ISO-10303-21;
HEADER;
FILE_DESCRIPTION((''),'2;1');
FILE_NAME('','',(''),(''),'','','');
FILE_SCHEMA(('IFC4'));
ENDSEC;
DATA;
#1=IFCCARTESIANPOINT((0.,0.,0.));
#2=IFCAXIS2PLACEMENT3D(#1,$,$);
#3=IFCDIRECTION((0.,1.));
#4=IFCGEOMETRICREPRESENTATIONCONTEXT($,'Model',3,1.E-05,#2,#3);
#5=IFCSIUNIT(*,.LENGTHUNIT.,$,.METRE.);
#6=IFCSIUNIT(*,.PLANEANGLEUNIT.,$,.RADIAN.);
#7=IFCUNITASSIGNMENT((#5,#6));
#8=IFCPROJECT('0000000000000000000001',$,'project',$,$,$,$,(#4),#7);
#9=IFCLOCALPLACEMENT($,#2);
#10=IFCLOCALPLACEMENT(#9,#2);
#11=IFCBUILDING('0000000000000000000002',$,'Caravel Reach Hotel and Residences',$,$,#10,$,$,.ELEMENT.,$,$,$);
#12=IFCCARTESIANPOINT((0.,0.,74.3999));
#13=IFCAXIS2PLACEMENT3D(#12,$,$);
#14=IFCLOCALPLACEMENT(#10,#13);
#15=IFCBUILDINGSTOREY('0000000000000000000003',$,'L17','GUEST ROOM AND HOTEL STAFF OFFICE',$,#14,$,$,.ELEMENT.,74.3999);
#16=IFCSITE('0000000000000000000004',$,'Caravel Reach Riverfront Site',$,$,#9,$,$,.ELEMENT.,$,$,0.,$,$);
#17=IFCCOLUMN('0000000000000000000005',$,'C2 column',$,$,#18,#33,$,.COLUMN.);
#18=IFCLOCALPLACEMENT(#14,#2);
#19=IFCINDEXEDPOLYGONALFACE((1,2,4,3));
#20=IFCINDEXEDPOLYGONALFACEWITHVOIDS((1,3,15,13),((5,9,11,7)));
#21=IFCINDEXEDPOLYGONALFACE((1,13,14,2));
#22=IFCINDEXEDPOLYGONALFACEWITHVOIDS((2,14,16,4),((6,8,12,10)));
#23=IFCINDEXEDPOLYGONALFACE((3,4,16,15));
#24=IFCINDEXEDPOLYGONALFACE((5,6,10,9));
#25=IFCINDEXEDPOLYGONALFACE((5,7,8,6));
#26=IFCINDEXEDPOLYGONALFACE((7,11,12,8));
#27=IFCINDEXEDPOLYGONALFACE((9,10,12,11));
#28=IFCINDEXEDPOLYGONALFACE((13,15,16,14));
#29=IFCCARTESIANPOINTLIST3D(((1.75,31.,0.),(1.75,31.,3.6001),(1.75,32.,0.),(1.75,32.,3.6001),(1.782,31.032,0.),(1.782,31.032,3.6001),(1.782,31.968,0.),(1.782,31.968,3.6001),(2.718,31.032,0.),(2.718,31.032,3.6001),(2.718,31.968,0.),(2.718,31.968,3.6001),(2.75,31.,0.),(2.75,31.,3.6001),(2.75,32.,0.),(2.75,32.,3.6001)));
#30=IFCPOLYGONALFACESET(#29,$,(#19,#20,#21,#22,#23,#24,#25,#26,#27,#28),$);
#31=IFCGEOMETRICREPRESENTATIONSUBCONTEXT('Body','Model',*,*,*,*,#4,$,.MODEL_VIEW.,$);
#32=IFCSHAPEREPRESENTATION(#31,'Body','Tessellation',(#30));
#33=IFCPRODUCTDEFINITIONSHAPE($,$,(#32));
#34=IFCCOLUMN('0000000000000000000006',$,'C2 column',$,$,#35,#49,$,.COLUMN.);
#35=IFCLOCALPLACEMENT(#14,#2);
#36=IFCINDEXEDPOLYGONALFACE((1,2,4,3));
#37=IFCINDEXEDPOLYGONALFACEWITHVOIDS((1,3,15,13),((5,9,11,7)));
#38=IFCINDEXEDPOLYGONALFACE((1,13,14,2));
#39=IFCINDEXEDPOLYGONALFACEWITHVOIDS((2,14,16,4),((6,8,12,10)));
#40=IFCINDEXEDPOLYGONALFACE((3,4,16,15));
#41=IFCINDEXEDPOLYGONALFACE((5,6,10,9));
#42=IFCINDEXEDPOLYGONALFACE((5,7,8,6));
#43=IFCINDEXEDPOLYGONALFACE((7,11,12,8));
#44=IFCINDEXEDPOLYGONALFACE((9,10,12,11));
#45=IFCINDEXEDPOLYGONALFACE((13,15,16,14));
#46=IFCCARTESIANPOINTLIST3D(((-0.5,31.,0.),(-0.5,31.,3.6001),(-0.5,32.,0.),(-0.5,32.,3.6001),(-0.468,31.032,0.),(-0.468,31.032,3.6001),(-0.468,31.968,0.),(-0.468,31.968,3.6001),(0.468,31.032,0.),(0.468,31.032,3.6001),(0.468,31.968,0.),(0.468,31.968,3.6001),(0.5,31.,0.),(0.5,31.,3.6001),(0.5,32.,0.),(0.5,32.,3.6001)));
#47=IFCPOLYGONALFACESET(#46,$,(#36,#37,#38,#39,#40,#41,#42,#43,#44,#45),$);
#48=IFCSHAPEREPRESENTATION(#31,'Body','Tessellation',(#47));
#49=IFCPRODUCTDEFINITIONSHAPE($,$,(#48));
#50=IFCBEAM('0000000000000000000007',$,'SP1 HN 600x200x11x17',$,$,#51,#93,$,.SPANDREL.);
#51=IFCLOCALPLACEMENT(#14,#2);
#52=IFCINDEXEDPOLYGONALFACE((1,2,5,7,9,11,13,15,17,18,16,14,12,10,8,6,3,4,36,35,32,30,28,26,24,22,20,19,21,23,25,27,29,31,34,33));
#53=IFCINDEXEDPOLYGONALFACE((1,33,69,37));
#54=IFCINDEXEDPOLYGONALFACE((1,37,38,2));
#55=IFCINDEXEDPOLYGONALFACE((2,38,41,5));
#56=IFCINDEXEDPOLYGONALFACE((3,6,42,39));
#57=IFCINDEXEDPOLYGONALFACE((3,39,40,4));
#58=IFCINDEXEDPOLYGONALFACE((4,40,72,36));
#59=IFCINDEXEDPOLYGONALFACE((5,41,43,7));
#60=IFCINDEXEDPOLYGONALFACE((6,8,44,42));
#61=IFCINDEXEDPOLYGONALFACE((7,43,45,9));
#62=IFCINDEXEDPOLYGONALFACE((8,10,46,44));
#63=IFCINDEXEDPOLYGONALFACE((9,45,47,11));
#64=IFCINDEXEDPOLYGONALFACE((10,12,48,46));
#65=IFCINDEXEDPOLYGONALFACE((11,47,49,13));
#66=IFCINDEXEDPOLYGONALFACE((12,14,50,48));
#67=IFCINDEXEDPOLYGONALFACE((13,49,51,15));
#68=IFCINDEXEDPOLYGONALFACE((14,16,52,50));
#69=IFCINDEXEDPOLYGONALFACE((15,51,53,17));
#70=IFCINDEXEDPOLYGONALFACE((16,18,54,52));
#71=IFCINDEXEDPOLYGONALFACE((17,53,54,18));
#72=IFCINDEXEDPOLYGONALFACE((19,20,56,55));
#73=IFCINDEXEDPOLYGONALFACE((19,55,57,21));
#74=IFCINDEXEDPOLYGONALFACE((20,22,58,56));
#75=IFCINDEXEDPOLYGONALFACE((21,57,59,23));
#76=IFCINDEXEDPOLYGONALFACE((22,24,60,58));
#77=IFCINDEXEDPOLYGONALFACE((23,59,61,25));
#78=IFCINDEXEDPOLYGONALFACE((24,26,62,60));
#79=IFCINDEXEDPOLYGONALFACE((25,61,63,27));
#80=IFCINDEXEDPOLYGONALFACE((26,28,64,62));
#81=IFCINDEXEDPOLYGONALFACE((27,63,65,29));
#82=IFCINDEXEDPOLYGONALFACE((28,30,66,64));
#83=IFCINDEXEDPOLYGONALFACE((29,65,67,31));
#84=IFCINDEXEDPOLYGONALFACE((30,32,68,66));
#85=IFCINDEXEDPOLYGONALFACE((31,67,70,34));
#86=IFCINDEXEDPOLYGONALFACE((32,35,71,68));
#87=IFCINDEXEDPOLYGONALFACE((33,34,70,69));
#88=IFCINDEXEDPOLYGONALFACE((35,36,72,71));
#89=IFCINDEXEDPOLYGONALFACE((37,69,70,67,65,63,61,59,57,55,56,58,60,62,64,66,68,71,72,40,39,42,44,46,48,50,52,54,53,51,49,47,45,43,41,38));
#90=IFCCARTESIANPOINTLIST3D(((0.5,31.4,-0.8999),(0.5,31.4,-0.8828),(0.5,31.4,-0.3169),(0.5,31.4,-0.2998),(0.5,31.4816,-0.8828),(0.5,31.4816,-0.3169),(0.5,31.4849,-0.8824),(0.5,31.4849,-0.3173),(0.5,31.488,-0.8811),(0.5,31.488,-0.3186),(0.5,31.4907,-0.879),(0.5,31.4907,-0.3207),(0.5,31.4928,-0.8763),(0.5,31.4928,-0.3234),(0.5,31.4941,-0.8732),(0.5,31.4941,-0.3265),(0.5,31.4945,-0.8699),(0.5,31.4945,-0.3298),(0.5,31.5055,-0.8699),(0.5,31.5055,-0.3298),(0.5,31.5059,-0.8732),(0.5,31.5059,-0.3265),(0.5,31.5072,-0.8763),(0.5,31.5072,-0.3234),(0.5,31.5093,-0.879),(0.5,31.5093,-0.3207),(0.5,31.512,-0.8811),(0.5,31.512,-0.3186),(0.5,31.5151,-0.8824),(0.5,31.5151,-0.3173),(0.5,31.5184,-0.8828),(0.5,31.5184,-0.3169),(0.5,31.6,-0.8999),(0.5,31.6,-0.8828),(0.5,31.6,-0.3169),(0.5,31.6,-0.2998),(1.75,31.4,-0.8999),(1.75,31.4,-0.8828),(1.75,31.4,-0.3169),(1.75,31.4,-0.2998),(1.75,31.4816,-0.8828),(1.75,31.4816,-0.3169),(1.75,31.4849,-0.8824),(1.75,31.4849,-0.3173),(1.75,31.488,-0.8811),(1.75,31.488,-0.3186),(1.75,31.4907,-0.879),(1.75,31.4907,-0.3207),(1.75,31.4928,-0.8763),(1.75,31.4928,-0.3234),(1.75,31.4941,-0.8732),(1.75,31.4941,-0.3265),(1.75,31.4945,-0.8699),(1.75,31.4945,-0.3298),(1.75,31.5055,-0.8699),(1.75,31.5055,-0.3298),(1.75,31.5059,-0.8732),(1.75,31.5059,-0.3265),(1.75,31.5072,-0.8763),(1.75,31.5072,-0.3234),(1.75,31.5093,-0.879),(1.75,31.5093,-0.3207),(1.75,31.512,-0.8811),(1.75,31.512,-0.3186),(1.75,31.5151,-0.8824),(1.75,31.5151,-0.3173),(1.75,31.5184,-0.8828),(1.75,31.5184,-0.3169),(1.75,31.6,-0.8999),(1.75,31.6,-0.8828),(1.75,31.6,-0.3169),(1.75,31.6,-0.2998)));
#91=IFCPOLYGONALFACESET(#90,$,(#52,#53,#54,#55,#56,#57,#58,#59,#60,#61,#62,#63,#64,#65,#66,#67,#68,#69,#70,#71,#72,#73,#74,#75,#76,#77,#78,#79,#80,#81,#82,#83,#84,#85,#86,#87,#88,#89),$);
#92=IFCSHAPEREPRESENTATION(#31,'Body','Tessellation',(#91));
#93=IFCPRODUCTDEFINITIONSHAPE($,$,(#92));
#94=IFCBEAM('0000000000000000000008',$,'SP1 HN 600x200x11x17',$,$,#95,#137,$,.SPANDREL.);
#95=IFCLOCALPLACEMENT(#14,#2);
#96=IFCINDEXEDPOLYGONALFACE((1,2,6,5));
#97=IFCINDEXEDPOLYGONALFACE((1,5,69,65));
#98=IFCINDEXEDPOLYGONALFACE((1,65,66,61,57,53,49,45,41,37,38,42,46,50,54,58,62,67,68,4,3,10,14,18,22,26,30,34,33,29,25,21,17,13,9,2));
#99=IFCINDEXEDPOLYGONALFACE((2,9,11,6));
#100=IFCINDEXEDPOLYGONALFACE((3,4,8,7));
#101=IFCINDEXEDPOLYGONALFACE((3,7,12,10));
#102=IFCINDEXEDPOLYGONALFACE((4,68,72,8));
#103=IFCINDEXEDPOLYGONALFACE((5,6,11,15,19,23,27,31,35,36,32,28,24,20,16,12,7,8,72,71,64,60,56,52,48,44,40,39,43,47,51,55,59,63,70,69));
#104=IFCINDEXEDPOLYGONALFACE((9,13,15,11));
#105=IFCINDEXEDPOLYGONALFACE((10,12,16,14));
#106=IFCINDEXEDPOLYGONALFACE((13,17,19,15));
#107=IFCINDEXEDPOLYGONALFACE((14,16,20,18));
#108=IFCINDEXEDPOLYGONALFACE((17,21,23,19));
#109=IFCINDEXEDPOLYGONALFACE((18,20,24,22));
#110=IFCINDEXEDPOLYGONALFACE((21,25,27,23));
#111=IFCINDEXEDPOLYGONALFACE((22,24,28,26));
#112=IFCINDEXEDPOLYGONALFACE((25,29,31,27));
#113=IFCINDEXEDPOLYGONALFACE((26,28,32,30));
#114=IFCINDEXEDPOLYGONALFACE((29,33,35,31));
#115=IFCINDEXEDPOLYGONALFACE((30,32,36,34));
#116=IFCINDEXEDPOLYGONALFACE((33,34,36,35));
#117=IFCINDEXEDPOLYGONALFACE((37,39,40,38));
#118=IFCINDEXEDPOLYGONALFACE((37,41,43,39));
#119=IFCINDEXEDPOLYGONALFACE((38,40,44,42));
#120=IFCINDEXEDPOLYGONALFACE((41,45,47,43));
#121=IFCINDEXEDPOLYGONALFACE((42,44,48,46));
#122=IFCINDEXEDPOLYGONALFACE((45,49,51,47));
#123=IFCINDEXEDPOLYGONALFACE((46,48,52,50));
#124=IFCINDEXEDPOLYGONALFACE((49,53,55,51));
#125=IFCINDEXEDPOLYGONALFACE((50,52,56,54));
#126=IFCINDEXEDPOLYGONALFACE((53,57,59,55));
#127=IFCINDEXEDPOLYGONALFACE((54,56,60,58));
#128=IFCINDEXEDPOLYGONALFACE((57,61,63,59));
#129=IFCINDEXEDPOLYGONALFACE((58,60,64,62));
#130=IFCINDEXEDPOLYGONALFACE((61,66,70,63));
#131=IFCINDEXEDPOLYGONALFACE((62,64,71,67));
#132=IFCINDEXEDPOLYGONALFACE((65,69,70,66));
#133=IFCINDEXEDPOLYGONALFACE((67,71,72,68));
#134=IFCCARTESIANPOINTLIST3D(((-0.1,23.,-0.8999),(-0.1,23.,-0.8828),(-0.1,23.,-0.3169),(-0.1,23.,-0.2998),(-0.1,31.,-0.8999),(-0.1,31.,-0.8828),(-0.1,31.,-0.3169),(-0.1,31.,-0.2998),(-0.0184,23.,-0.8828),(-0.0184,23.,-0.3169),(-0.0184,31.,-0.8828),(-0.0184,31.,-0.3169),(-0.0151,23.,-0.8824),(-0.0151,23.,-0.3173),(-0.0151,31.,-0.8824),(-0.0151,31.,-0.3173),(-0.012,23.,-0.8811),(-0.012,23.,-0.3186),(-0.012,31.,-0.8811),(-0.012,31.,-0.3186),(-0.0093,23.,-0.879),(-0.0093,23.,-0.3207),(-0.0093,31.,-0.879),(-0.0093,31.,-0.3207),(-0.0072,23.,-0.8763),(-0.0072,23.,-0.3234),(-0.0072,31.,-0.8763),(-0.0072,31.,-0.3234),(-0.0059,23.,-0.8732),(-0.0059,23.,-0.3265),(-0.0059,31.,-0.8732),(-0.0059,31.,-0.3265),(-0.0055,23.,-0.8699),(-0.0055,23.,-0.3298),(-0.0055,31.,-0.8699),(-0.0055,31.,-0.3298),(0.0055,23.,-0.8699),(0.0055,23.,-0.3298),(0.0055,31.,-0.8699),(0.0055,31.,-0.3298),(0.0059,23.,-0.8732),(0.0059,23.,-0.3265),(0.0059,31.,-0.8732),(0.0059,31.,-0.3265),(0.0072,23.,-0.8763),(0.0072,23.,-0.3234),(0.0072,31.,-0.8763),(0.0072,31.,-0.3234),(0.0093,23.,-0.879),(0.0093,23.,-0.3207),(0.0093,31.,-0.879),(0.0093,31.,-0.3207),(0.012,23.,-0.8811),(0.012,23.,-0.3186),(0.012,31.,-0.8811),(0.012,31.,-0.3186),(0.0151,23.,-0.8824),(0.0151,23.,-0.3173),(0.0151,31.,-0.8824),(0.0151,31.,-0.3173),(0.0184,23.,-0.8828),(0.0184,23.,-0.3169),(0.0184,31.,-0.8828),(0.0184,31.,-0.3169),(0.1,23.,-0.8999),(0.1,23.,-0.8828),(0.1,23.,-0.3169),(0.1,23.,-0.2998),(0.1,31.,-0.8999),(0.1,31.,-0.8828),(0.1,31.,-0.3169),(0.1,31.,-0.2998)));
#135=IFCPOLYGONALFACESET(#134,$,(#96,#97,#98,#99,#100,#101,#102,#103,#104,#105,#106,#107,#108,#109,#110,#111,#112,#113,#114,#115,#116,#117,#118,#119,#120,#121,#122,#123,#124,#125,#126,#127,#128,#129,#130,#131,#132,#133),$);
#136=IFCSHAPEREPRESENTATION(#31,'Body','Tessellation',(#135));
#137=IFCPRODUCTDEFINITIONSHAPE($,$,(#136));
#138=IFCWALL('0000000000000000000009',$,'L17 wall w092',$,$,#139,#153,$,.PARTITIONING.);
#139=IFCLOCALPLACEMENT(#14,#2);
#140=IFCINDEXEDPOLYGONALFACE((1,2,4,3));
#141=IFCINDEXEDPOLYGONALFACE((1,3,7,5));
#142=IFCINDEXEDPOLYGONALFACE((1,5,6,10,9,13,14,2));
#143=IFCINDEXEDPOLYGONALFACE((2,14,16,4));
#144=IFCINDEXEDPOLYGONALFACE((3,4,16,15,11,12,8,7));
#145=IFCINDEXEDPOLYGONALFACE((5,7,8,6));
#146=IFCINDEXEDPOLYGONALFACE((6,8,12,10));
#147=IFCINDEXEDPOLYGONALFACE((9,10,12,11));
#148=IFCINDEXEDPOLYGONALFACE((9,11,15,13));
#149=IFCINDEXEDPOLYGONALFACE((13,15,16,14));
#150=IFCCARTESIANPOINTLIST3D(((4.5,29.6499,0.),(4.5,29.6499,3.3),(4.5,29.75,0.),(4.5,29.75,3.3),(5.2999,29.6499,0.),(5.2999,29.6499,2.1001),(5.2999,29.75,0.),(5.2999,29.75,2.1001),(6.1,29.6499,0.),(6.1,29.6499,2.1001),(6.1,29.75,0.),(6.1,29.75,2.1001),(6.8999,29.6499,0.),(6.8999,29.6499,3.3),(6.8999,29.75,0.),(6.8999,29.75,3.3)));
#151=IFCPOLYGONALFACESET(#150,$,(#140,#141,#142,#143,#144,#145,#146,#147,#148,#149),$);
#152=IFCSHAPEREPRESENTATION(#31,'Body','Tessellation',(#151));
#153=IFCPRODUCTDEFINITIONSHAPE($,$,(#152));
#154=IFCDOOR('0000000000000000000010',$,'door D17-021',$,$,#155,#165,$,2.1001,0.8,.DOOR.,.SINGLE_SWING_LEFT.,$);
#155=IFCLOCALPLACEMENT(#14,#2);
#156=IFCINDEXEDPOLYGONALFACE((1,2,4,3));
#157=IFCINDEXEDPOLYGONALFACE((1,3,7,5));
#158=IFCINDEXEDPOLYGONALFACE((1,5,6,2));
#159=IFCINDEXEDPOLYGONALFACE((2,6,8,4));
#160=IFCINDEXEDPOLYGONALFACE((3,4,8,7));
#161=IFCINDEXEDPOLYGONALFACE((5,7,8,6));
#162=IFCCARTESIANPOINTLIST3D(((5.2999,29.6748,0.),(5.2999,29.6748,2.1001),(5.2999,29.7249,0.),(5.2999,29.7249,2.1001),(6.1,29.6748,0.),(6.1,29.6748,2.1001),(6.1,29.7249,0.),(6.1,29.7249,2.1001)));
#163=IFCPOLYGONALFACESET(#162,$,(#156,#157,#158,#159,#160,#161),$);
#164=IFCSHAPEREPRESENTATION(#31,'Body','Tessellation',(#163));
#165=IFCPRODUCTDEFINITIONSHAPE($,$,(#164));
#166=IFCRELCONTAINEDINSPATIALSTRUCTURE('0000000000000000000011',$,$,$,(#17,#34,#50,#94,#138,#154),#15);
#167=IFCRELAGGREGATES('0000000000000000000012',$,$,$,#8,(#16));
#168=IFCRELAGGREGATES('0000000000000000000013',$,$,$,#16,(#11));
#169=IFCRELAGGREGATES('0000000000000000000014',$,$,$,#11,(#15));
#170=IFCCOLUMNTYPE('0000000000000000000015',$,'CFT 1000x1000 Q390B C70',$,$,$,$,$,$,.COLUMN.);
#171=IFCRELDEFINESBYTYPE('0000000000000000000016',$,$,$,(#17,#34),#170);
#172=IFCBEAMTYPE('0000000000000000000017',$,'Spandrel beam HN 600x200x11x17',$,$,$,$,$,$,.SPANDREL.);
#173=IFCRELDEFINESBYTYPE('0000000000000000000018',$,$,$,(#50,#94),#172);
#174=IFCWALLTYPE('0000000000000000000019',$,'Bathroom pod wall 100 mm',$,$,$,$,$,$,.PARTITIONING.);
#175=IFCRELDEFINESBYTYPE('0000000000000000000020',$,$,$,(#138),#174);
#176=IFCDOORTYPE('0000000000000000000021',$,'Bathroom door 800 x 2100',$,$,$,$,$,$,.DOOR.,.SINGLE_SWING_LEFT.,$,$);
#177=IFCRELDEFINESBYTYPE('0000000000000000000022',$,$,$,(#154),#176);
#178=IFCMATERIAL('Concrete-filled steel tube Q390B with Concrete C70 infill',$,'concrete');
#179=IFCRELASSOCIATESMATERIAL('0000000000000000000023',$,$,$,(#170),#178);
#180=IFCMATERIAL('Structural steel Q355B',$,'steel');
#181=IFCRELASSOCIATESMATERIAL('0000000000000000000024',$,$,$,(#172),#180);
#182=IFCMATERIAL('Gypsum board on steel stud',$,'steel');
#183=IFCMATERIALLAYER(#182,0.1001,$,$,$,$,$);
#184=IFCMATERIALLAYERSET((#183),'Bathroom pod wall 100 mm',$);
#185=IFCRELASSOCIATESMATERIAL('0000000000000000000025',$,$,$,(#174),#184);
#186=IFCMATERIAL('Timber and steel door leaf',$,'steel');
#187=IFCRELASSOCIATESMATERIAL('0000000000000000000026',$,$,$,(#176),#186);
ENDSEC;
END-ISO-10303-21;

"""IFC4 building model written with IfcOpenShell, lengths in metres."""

from ifc_helpers import new_model, si_unit, direction, frame, frame_2d, origin, origin_2d, place, context, subcontext, project, spatial, rectangle, hollow_rectangle, i_section, extrude, material, layer, layer_set, material_profile, profile_set, type_object, element, fill, save


model = new_model("IFC4")

# Units and contexts
model_context = context("Model", 3, precision=1e-05, world=origin(), true_north=direction((0.0, 1.0)))
body_context = subcontext(model_context, "Body", "Model", "MODEL_VIEW")
ifc_project = project(units=[si_unit("LENGTHUNIT", "METRE"), si_unit("PLANEANGLEUNIT", "RADIAN")], contexts=[model_context])

# Site, building, storey
site_placement = place(None, origin())
site = spatial("IfcSite", under=ifc_project, at=site_placement, Name="Caravel Reach Riverfront Site", CompositionType="ELEMENT", RefElevation=0.0)
building_placement = place(site_placement, origin())
building = spatial("IfcBuilding", under=site, at=building_placement, Name="Caravel Reach Hotel and Residences", CompositionType="ELEMENT")
storey_placement = place(building_placement, frame((0.0, 0.0, 74.3999)))
storey = spatial("IfcBuildingStorey", under=building, at=storey_placement, Name="L17", Description="GUEST ROOM AND HOTEL STAFF OFFICE", CompositionType="ELEMENT", Elevation=74.3999)

# Columns
ifc_material_1 = material(Name="Concrete-filled steel tube Q390B with Concrete C70 infill", Category="concrete")
ifc_material_profile_1 = material_profile(ifc_material_1, hollow_rectangle(XDim=1.0, YDim=1.0, WallThickness=0.032, at=origin_2d()), Name="RHS 1000x1000x32")
ifc_profile_set_1 = profile_set([ifc_material_profile_1], Name="Concrete-filled steel tube Q390B with Concrete C70 infill")
column_type = type_object("IfcColumnType", Name="CFT 1000x1000 Q390B C70", PredefinedType="COLUMN", material=ifc_profile_set_1)
for number, where, z_axis, x_axis, name in (
    (1, (2.25, 31.5, 0.0), (0.0, 0.0, 1.0), (1.0, 0.0, 0.0), "C2 column"),
    (2, (0.0, 31.5, 0.0), (0.0, 0.0, 1.0), (1.0, 0.0, 0.0), "C2 column"),
):
    element("IfcColumn", number, at=place(storey_placement, frame(where, z_axis=z_axis, x_axis=x_axis)), inside=storey, type_object=column_type, Name=name, PredefinedType="COLUMN", context=body_context, shape_type="SweptSolid", body=[
        extrude(hollow_rectangle(XDim=1.0, YDim=1.0, WallThickness=0.032, at=origin_2d()), origin(), (0.0, 0.0, 1.0), 3.6001),
    ])

# Beams
ifc_material_2 = material(Name="Structural steel Q355B", Category="steel")
ifc_material_profile_2 = material_profile(ifc_material_2, i_section(OverallWidth=0.2, OverallDepth=0.6001, WebThickness=0.011, FlangeThickness=0.0171, FilletRadius=0.0129, at=origin_2d()), Name="HN 600x200x11x17")
ifc_profile_set_2 = profile_set([ifc_material_profile_2], Name="Structural steel Q355B")
beam_type = type_object("IfcBeamType", Name="Spandrel beam HN 600x200x11x17", PredefinedType="SPANDREL", material=ifc_profile_set_2)
beam_1_placement = place(storey_placement, frame((1.75, 31.5, -0.5999), z_axis=(-1.0, 0.0, 0.0), x_axis=(0.0, -1.0, 0.0)))
element("IfcBeam", 3, at=beam_1_placement, inside=storey, type_object=beam_type, Name="SP1 HN 600x200x11x17", PredefinedType="SPANDREL", context=body_context, shape_type="SweptSolid", body=[
    extrude(i_section(OverallWidth=0.2, OverallDepth=0.6001, WebThickness=0.011, FlangeThickness=0.0171, FilletRadius=0.0129, at=origin_2d()), origin(), (0.0, 0.0, 1.0), 1.25),
])
beam_2_placement = place(storey_placement, frame((0.0, 31.0, -0.5999), z_axis=(0.0, -1.0, 0.0), x_axis=(1.0, 0.0, 0.0)))
element("IfcBeam", 4, at=beam_2_placement, inside=storey, type_object=beam_type, Name="SP1 HN 600x200x11x17", PredefinedType="SPANDREL", context=body_context, shape_type="SweptSolid", body=[
    extrude(i_section(OverallWidth=0.2, OverallDepth=0.6001, WebThickness=0.011, FlangeThickness=0.0171, FilletRadius=0.0129, at=origin_2d()), origin(), (0.0, 0.0, 1.0), 8.0),
])

# Wall, opening, door
ifc_material_3 = material(Name="Gypsum board on steel stud", Category="steel")
ifc_layer_1 = layer(ifc_material_3, 0.1001)
ifc_layer_set_1 = layer_set([ifc_layer_1], Name="Bathroom pod wall 100 mm")
wall_type_1 = type_object("IfcWallType", Name="Bathroom pod wall 100 mm", PredefinedType="PARTITIONING", material=ifc_layer_set_1)
wall_1_placement = place(storey_placement, frame((4.5, 29.7, 0.0), z_axis=(0.0, 0.0, 1.0), x_axis=(1.0, 0.0, 0.0)))
wall_1 = element("IfcWall", 5, at=wall_1_placement, inside=storey, type_object=wall_type_1, Name="L17 wall w092", PredefinedType="PARTITIONING", context=body_context, shape_type="SweptSolid", body=[
    extrude(rectangle(XDim=2.3999, YDim=0.1001, at=frame_2d((1.2, 0.0))), origin(), (0.0, 0.0, 1.0), 3.3),
])
opening_1_placement = place(wall_1_placement, frame((0.8, 0.0, 0.0)))
opening_1 = element("IfcOpeningElement", 6, at=opening_1_placement, cuts=wall_1, PredefinedType="OPENING", context=body_context, shape_type="SweptSolid", body=[
    extrude(rectangle(XDim=0.8, YDim=2.1001, at=frame_2d((0.3999, 1.05))), frame((0.0, 0.0601, 0.0), z_axis=(0.0, -1.0, 0.0), x_axis=(1.0, 0.0, 0.0)), (0.0, 0.0, 1.0), 0.1201),
])
ifc_material_4 = material(Name="Timber and steel door leaf", Category="steel")
door_type_1 = type_object("IfcDoorType", Name="Bathroom door 800 x 2100", OperationType="SINGLE_SWING_LEFT", PredefinedType="DOOR", material=ifc_material_4)
door_1_placement = place(opening_1_placement, origin())
door_1 = element("IfcDoor", 7, at=door_1_placement, inside=storey, type_object=door_type_1, Name="door D17-021", OperationType="SINGLE_SWING_LEFT", OverallHeight=2.1001, OverallWidth=0.8, PredefinedType="DOOR", context=body_context, shape_type="SweptSolid", body=[
    extrude(rectangle(XDim=0.8, YDim=2.1001, at=frame_2d((0.3999, 1.05))), frame((0.0, 0.0249, 0.0), z_axis=(0.0, -1.0, 0.0), x_axis=(1.0, 0.0, 0.0)), (0.0, 0.0, 1.0), 0.05),
])
fill(opening_1, door_1)

save(model, "model.ifc")
